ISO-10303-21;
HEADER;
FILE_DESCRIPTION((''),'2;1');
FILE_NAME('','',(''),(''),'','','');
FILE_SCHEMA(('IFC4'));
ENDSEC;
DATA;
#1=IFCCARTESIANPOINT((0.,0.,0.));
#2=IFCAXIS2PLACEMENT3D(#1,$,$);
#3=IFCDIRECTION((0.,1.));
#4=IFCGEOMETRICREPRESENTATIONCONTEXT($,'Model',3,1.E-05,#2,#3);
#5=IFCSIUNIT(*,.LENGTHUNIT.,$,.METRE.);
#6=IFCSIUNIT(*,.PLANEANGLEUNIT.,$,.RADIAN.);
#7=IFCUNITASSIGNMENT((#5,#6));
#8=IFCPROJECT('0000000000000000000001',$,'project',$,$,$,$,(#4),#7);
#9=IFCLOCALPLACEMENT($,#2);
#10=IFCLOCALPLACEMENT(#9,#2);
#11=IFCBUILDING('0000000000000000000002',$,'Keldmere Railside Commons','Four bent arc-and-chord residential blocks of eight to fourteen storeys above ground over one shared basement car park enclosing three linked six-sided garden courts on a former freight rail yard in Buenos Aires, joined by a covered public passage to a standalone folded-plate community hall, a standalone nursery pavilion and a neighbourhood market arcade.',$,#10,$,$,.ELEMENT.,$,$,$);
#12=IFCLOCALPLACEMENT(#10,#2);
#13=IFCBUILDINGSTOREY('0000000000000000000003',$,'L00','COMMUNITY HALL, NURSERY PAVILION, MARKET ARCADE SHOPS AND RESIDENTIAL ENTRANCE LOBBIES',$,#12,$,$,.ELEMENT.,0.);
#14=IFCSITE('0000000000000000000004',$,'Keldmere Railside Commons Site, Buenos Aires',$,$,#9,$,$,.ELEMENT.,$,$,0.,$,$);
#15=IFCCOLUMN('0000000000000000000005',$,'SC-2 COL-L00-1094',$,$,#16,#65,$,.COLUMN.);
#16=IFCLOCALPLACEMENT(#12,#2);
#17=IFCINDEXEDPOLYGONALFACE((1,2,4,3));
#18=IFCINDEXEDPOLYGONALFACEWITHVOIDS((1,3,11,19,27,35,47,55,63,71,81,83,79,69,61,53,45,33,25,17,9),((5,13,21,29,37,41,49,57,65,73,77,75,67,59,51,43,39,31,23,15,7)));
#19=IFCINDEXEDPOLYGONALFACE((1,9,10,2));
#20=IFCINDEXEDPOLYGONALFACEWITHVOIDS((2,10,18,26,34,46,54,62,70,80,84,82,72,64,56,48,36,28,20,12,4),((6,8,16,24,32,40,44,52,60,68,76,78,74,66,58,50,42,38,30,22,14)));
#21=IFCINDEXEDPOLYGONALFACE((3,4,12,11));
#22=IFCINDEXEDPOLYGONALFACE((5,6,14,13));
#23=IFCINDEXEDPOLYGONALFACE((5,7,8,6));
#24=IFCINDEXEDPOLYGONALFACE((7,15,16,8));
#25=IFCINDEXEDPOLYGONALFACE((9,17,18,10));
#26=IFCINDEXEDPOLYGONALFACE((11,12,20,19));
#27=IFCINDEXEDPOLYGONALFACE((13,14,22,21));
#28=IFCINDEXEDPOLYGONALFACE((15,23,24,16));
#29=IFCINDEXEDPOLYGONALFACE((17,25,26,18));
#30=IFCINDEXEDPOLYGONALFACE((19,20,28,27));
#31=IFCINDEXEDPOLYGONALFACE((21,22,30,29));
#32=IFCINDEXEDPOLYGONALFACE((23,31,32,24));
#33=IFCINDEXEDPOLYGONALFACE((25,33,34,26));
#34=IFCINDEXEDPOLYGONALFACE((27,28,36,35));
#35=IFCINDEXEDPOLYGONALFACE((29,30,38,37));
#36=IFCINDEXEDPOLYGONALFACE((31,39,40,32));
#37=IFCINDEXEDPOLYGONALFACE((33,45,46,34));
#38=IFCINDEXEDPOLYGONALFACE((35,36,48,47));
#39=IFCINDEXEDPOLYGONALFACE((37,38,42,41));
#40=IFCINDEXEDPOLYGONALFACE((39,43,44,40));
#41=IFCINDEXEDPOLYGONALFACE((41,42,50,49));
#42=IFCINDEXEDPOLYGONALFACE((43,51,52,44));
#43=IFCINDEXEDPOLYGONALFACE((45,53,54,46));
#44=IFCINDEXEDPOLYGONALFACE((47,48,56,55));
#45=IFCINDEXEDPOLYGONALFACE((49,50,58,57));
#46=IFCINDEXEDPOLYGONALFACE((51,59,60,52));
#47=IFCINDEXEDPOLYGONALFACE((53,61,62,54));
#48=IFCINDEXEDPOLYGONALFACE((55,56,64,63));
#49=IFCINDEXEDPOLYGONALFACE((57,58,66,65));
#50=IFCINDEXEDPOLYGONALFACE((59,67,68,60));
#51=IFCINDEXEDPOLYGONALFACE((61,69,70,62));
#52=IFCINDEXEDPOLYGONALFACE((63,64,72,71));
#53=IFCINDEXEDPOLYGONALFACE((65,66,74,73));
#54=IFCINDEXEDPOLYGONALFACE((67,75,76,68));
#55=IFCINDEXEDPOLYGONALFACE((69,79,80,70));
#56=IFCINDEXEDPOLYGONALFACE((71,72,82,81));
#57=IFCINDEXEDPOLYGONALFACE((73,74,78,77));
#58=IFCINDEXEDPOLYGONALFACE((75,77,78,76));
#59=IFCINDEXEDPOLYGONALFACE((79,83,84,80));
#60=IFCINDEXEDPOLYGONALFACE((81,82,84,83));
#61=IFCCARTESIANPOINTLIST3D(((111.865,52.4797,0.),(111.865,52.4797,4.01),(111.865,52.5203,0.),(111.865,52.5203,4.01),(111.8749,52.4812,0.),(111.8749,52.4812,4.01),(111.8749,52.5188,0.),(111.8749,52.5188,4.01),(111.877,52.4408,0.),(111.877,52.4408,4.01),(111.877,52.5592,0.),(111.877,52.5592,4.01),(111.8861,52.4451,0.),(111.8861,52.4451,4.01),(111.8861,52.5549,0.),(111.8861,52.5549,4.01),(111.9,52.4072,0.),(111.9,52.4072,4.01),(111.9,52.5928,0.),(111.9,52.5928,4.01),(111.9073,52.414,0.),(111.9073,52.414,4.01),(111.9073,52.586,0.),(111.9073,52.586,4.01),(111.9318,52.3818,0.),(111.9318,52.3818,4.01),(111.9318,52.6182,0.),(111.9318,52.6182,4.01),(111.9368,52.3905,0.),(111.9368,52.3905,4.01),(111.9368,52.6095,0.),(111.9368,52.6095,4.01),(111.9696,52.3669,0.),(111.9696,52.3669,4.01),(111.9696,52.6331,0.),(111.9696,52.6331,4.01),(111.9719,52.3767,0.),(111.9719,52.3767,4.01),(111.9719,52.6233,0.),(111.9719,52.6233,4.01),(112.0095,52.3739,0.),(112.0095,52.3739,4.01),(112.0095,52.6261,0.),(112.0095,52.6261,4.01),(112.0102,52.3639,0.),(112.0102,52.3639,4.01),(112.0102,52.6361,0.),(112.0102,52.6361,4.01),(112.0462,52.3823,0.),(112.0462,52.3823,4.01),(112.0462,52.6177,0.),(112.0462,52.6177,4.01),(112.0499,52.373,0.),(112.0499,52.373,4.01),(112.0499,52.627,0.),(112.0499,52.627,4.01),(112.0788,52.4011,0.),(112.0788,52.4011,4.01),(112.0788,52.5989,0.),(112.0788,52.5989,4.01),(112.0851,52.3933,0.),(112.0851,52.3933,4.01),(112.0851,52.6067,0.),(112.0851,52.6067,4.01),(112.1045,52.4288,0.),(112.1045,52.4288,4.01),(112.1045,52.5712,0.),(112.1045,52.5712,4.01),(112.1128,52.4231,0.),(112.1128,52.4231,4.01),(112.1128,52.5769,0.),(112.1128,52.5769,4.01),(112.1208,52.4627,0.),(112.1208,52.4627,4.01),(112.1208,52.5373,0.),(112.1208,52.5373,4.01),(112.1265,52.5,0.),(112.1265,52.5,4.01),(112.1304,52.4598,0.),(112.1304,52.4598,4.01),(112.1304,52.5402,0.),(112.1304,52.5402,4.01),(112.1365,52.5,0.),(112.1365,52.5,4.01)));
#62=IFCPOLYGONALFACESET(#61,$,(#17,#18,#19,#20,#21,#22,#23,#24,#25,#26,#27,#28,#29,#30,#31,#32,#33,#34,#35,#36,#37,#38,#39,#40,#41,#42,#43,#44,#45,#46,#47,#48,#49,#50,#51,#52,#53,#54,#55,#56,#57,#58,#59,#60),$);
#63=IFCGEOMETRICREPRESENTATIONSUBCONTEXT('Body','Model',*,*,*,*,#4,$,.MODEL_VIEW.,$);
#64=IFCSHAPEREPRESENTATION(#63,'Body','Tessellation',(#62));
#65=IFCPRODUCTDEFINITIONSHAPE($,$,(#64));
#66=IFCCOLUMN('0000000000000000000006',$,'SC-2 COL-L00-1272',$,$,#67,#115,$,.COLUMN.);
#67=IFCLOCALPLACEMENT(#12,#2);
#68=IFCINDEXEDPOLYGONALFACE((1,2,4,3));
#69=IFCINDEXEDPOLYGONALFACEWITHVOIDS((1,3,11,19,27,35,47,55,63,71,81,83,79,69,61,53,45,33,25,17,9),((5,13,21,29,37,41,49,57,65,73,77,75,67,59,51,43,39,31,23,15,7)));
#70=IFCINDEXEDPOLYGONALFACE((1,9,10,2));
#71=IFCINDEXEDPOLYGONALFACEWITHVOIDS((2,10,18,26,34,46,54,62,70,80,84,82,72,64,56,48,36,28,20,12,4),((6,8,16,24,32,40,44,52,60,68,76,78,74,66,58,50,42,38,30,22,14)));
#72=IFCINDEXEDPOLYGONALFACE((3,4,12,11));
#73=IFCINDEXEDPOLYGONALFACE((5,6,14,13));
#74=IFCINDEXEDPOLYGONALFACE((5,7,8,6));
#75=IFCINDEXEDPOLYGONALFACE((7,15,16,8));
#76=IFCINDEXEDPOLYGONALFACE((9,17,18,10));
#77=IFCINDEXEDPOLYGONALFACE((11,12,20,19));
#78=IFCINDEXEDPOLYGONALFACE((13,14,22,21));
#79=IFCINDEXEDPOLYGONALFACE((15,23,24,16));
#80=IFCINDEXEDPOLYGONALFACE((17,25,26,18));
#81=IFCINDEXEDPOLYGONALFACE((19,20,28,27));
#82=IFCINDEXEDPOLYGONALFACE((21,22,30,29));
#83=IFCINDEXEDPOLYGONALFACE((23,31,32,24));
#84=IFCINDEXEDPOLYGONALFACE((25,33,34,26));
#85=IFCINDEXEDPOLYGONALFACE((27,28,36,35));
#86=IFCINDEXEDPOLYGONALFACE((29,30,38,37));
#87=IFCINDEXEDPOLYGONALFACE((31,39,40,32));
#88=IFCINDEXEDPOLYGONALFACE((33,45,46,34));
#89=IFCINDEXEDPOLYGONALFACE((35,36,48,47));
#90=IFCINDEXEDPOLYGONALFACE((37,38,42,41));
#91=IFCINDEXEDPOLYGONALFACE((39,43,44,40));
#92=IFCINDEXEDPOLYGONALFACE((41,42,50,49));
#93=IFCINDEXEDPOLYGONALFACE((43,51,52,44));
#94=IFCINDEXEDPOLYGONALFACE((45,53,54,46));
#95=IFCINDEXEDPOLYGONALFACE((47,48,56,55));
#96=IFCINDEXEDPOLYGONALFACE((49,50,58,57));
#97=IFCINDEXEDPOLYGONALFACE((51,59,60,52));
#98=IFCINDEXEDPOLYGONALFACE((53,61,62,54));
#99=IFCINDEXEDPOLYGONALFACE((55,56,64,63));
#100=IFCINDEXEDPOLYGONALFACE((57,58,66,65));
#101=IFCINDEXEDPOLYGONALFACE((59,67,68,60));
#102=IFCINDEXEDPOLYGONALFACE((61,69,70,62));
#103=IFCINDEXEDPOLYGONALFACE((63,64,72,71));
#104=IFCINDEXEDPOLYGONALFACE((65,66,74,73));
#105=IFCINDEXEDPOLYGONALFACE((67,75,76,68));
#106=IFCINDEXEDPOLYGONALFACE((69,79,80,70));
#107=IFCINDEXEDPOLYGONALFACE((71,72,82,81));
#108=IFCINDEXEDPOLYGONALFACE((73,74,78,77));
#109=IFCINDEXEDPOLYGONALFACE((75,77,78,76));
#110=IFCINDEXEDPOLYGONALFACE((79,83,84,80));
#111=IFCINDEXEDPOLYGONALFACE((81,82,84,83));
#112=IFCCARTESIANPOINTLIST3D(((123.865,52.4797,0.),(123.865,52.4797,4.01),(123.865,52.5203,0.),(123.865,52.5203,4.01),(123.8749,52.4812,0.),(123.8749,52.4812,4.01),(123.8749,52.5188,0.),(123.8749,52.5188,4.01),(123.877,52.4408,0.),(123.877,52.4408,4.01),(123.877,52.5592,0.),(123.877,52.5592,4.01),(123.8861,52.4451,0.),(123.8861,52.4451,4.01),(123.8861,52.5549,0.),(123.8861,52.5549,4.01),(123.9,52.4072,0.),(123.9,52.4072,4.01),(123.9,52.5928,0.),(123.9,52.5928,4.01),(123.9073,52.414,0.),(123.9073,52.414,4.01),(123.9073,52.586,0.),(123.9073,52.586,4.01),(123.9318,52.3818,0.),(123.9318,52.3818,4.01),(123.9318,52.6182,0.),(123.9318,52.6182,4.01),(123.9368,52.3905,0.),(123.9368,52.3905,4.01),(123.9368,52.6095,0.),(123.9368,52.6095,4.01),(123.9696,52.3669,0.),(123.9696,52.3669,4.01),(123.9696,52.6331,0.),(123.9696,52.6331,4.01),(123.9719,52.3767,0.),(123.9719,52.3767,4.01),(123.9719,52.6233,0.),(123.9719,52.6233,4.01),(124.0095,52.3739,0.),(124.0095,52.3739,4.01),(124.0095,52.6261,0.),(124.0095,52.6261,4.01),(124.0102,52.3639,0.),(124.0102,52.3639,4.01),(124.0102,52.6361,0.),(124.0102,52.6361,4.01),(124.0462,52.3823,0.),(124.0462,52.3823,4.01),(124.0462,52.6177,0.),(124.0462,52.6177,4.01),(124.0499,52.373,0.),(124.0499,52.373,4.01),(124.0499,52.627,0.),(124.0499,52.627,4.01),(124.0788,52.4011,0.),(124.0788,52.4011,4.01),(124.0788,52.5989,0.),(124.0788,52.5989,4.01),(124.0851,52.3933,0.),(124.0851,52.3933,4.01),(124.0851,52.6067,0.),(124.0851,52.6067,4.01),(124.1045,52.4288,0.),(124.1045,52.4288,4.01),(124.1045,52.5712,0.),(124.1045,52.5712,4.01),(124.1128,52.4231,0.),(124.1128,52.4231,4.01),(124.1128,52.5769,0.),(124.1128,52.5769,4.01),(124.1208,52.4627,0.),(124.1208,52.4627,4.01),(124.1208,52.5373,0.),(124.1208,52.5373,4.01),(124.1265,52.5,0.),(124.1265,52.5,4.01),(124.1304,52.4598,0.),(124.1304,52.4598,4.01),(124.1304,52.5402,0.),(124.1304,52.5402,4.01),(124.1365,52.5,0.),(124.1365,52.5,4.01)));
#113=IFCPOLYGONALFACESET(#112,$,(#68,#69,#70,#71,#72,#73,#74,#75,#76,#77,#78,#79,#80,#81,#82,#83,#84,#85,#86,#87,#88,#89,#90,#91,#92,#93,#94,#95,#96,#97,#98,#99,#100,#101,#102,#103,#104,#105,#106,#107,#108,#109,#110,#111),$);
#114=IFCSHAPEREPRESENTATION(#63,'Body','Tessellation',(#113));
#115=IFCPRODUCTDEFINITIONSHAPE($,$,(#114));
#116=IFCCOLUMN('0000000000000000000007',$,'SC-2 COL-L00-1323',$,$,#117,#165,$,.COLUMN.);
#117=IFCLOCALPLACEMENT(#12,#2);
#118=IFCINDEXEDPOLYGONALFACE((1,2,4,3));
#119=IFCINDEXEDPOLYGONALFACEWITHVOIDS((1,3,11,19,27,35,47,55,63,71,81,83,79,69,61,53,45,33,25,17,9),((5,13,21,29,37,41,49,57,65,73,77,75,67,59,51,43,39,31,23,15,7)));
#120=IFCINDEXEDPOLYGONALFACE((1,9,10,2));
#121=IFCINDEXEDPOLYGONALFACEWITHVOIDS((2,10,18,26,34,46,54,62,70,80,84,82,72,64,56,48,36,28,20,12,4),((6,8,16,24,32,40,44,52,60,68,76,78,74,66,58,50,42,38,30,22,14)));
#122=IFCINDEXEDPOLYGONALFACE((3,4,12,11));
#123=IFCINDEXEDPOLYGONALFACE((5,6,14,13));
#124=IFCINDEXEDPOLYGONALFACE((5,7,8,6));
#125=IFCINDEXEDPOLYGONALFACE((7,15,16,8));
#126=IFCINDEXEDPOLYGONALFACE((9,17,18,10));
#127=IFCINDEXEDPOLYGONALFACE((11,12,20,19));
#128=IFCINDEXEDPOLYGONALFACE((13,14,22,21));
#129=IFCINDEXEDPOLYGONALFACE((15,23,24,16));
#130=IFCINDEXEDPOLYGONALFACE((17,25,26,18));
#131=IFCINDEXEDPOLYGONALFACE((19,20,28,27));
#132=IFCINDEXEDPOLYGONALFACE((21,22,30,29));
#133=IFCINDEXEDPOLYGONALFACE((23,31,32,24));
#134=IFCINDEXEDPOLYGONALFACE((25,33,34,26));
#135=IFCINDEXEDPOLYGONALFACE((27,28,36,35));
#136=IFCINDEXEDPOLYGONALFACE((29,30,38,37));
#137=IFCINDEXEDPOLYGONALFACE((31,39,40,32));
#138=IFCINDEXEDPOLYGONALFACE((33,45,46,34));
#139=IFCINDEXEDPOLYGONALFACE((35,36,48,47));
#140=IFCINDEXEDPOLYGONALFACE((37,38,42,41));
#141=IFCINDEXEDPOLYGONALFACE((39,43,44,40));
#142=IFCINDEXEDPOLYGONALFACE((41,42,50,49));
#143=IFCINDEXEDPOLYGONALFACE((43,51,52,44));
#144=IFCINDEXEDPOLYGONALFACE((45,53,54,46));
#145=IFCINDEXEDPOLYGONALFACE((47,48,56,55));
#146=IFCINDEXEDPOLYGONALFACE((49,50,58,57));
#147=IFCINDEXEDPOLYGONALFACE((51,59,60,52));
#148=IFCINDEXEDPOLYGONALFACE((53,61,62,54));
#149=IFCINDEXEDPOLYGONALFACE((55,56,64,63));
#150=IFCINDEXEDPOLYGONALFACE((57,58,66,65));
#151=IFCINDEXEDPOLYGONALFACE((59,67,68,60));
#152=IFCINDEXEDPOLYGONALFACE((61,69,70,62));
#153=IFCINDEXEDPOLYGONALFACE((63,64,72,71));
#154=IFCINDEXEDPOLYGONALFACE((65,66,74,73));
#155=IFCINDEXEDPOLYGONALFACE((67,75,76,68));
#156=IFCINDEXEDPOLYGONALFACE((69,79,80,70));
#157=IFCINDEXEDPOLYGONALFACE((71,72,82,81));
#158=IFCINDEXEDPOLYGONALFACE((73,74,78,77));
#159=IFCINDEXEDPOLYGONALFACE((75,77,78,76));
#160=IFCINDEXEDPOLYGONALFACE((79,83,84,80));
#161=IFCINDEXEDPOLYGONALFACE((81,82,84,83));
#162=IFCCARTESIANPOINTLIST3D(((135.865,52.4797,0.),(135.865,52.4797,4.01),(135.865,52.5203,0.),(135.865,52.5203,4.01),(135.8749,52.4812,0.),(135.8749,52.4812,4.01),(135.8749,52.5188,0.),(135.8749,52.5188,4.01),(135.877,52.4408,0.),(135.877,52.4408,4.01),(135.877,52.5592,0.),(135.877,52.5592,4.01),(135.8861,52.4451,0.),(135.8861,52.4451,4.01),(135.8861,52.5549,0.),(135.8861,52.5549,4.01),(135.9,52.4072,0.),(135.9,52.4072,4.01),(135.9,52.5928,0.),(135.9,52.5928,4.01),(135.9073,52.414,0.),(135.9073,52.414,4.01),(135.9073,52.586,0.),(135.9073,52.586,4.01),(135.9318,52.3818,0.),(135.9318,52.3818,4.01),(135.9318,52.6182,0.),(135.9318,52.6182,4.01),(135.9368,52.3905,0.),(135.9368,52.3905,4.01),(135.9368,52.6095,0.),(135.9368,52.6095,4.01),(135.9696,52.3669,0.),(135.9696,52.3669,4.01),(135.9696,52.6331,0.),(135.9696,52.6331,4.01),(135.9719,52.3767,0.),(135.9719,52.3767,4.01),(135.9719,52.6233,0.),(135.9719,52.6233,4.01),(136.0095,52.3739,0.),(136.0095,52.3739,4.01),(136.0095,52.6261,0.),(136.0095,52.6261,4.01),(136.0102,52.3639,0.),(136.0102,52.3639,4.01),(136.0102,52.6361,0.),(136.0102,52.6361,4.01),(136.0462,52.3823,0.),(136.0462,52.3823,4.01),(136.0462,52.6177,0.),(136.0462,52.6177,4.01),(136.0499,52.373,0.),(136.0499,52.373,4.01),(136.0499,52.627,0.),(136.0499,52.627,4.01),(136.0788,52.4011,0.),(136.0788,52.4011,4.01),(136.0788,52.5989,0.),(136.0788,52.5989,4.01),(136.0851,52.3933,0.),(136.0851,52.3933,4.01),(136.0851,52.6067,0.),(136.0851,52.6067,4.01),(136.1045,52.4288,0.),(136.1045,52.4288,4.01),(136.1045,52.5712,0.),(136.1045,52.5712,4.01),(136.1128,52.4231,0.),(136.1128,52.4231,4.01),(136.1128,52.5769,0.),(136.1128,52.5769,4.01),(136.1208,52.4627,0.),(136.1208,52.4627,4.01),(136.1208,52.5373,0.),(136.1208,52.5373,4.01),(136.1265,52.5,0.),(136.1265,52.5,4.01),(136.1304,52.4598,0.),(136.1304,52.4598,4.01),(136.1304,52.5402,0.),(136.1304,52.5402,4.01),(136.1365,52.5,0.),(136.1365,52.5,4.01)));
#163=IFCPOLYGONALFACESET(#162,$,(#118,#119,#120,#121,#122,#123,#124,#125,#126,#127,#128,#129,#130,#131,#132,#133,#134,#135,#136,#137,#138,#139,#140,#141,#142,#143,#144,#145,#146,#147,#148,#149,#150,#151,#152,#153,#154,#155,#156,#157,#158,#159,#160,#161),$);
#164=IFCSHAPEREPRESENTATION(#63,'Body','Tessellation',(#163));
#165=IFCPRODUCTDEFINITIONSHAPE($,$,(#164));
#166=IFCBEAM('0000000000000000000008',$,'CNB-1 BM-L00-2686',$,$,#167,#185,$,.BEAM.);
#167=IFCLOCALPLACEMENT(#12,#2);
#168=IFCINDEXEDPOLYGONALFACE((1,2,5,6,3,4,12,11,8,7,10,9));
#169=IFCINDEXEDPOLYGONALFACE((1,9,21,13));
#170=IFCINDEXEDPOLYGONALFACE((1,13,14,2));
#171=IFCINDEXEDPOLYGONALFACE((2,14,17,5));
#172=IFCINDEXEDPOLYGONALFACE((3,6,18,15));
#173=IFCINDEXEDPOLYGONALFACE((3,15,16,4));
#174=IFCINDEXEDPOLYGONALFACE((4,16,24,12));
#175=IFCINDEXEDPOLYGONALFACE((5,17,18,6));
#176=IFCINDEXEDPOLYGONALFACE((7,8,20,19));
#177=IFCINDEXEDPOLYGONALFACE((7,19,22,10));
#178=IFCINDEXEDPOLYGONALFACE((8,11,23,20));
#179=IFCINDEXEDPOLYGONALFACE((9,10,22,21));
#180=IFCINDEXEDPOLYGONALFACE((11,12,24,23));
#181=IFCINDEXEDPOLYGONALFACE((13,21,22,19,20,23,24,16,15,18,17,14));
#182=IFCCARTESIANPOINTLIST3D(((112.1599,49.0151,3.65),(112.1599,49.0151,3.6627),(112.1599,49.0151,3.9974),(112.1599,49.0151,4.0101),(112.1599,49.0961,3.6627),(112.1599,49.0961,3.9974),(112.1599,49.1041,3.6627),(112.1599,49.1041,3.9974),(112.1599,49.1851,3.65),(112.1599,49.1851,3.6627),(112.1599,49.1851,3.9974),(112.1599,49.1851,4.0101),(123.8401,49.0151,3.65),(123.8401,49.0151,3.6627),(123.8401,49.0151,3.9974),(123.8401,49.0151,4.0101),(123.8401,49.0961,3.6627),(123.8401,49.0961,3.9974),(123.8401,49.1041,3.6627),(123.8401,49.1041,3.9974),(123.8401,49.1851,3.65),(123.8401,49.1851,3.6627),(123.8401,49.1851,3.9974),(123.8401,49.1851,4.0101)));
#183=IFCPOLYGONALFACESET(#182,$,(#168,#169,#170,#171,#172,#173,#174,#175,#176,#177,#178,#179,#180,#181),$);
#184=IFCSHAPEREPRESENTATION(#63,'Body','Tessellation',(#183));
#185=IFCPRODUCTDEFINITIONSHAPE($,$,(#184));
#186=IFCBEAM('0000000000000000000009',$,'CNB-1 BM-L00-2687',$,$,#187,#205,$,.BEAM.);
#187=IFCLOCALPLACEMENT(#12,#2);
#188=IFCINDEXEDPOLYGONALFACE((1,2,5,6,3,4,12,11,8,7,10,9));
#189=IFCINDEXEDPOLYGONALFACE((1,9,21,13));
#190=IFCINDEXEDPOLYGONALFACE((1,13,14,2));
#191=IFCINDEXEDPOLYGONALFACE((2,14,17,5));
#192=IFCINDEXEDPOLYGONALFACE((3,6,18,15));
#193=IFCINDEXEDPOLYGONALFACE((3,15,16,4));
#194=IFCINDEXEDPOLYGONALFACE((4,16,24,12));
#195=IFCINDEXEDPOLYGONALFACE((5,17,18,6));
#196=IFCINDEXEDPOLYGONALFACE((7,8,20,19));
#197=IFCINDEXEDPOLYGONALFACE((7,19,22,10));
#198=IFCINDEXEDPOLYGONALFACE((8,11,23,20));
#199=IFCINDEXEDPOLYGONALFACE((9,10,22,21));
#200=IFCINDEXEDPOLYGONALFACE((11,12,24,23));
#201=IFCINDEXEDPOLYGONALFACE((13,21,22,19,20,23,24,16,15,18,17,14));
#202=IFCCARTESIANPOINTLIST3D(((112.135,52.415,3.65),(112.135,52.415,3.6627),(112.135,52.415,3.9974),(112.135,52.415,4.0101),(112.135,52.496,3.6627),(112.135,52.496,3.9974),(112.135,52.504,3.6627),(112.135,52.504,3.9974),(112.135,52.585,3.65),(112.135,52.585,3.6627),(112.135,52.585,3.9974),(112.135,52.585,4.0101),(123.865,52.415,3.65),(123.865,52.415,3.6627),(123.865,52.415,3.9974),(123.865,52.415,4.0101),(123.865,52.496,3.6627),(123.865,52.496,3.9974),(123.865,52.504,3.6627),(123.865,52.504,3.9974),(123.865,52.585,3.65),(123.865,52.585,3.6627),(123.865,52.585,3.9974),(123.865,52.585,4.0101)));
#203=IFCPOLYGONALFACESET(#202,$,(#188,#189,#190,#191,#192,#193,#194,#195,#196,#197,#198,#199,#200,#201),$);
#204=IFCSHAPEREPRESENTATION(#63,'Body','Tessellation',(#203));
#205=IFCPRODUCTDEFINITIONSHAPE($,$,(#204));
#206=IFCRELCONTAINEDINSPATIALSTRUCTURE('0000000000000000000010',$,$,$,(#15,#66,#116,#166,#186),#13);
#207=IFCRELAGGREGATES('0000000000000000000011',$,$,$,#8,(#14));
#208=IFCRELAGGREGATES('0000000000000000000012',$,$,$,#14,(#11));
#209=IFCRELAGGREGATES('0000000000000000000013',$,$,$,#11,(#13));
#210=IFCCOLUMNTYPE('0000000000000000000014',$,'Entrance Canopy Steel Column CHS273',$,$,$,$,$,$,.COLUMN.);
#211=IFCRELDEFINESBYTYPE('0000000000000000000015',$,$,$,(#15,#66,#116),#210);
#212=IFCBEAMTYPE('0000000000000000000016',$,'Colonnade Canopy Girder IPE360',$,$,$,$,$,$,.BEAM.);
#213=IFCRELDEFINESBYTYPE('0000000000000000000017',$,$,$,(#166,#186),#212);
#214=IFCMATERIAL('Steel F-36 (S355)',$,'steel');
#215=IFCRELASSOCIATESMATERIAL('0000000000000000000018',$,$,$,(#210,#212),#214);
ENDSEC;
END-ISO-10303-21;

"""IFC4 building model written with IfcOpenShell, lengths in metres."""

from ifc_helpers import new_model, si_unit, direction, frame, origin, origin_2d, place, context, subcontext, project, spatial, hollow_circle, i_section, extrude, material, material_profile, profile_set, type_object, element, save


model = new_model("IFC4")

# Units and contexts
model_context = context("Model", 3, precision=1e-05, world=origin(), true_north=direction((0.0, 1.0)))
body_context = subcontext(model_context, "Body", "Model", "MODEL_VIEW")
ifc_project = project(units=[si_unit("LENGTHUNIT", "METRE"), si_unit("PLANEANGLEUNIT", "RADIAN")], contexts=[model_context])

# Site, building, storey
site_placement = place(None, origin())
site = spatial("IfcSite", under=ifc_project, at=site_placement, Name="Keldmere Railside Commons Site, Buenos Aires", CompositionType="ELEMENT", RefElevation=0.0)
building_placement = place(site_placement, origin())
building = spatial("IfcBuilding", under=site, at=building_placement, Name="Keldmere Railside Commons", Description="Four bent arc-and-chord residential blocks of eight to fourteen storeys above ground over one shared basement car park enclosing three linked six-sided garden courts on a former freight rail yard in Buenos Aires, joined by a covered public passage to a standalone folded-plate community hall, a standalone nursery pavilion and a neighbourhood market arcade.", CompositionType="ELEMENT")
storey_placement = place(building_placement, origin())
storey = spatial("IfcBuildingStorey", under=building, at=storey_placement, Name="L00", Description="COMMUNITY HALL, NURSERY PAVILION, MARKET ARCADE SHOPS AND RESIDENTIAL ENTRANCE LOBBIES", CompositionType="ELEMENT", Elevation=0.0)

# Columns
ifc_material = material(Name="Steel F-36 (S355)", Category="steel")
ifc_material_profile_1 = material_profile(ifc_material, hollow_circle(Radius=0.1365, WallThickness=0.01, at=origin_2d()), Name="CHS-273x10")
ifc_profile_set_1 = profile_set([ifc_material_profile_1], Name="Steel F-36 (S355)")
column_type_1 = type_object("IfcColumnType", Name="Entrance Canopy Steel Column CHS273", PredefinedType="COLUMN", material=ifc_profile_set_1)
for number, where, z_axis, x_axis, name in (
    (1, (112.0, 52.5, 0.0), (0.0, 0.0, 1.0), (1.0, 0.0, 0.0), "SC-2 COL-L00-1094"),
    (2, (124.0, 52.5, 0.0), (0.0, 0.0, 1.0), (1.0, 0.0, 0.0), "SC-2 COL-L00-1272"),
    (3, (136.0, 52.5, 0.0), (0.0, 0.0, 1.0), (1.0, 0.0, 0.0), "SC-2 COL-L00-1323"),
):
    element("IfcColumn", number, at=place(storey_placement, frame(where, z_axis=z_axis, x_axis=x_axis)), inside=storey, type_object=column_type_1, Name=name, PredefinedType="COLUMN", context=body_context, shape_type="SweptSolid", body=[
        extrude(hollow_circle(Radius=0.1365, WallThickness=0.01, at=origin_2d()), origin(), (0.0, 0.0, 1.0), 4.01),
    ])

# Beams
ifc_material_profile_2 = material_profile(ifc_material, i_section(OverallWidth=0.1699, OverallDepth=0.3601, WebThickness=0.0081, FlangeThickness=0.0127, at=origin_2d()), Name="IPE-360")
ifc_profile_set_2 = profile_set([ifc_material_profile_2], Name="Steel F-36 (S355)")
beam_type_1 = type_object("IfcBeamType", Name="Colonnade Canopy Girder IPE360", PredefinedType="BEAM", material=ifc_profile_set_2)
beam_1_placement = place(storey_placement, frame((112.1599, 49.1001, 3.8301), z_axis=(1.0, 0.0, 0.0), x_axis=(0.0, 1.0, 0.0)))
element("IfcBeam", 4, at=beam_1_placement, inside=storey, type_object=beam_type_1, Name="CNB-1 BM-L00-2686", PredefinedType="BEAM", context=body_context, shape_type="SweptSolid", body=[
    extrude(i_section(OverallWidth=0.1699, OverallDepth=0.3601, WebThickness=0.0081, FlangeThickness=0.0127, at=origin_2d()), origin(), (0.0, 0.0, 1.0), 11.6802),
])
beam_2_placement = place(storey_placement, frame((112.135, 52.5, 3.8301), z_axis=(1.0, 0.0, 0.0), x_axis=(0.0, 1.0, 0.0)))
element("IfcBeam", 5, at=beam_2_placement, inside=storey, type_object=beam_type_1, Name="CNB-1 BM-L00-2687", PredefinedType="BEAM", context=body_context, shape_type="SweptSolid", body=[
    extrude(i_section(OverallWidth=0.1699, OverallDepth=0.3601, WebThickness=0.0081, FlangeThickness=0.0127, at=origin_2d()), origin(), (0.0, 0.0, 1.0), 11.73),
])

save(model, "model.ifc")
